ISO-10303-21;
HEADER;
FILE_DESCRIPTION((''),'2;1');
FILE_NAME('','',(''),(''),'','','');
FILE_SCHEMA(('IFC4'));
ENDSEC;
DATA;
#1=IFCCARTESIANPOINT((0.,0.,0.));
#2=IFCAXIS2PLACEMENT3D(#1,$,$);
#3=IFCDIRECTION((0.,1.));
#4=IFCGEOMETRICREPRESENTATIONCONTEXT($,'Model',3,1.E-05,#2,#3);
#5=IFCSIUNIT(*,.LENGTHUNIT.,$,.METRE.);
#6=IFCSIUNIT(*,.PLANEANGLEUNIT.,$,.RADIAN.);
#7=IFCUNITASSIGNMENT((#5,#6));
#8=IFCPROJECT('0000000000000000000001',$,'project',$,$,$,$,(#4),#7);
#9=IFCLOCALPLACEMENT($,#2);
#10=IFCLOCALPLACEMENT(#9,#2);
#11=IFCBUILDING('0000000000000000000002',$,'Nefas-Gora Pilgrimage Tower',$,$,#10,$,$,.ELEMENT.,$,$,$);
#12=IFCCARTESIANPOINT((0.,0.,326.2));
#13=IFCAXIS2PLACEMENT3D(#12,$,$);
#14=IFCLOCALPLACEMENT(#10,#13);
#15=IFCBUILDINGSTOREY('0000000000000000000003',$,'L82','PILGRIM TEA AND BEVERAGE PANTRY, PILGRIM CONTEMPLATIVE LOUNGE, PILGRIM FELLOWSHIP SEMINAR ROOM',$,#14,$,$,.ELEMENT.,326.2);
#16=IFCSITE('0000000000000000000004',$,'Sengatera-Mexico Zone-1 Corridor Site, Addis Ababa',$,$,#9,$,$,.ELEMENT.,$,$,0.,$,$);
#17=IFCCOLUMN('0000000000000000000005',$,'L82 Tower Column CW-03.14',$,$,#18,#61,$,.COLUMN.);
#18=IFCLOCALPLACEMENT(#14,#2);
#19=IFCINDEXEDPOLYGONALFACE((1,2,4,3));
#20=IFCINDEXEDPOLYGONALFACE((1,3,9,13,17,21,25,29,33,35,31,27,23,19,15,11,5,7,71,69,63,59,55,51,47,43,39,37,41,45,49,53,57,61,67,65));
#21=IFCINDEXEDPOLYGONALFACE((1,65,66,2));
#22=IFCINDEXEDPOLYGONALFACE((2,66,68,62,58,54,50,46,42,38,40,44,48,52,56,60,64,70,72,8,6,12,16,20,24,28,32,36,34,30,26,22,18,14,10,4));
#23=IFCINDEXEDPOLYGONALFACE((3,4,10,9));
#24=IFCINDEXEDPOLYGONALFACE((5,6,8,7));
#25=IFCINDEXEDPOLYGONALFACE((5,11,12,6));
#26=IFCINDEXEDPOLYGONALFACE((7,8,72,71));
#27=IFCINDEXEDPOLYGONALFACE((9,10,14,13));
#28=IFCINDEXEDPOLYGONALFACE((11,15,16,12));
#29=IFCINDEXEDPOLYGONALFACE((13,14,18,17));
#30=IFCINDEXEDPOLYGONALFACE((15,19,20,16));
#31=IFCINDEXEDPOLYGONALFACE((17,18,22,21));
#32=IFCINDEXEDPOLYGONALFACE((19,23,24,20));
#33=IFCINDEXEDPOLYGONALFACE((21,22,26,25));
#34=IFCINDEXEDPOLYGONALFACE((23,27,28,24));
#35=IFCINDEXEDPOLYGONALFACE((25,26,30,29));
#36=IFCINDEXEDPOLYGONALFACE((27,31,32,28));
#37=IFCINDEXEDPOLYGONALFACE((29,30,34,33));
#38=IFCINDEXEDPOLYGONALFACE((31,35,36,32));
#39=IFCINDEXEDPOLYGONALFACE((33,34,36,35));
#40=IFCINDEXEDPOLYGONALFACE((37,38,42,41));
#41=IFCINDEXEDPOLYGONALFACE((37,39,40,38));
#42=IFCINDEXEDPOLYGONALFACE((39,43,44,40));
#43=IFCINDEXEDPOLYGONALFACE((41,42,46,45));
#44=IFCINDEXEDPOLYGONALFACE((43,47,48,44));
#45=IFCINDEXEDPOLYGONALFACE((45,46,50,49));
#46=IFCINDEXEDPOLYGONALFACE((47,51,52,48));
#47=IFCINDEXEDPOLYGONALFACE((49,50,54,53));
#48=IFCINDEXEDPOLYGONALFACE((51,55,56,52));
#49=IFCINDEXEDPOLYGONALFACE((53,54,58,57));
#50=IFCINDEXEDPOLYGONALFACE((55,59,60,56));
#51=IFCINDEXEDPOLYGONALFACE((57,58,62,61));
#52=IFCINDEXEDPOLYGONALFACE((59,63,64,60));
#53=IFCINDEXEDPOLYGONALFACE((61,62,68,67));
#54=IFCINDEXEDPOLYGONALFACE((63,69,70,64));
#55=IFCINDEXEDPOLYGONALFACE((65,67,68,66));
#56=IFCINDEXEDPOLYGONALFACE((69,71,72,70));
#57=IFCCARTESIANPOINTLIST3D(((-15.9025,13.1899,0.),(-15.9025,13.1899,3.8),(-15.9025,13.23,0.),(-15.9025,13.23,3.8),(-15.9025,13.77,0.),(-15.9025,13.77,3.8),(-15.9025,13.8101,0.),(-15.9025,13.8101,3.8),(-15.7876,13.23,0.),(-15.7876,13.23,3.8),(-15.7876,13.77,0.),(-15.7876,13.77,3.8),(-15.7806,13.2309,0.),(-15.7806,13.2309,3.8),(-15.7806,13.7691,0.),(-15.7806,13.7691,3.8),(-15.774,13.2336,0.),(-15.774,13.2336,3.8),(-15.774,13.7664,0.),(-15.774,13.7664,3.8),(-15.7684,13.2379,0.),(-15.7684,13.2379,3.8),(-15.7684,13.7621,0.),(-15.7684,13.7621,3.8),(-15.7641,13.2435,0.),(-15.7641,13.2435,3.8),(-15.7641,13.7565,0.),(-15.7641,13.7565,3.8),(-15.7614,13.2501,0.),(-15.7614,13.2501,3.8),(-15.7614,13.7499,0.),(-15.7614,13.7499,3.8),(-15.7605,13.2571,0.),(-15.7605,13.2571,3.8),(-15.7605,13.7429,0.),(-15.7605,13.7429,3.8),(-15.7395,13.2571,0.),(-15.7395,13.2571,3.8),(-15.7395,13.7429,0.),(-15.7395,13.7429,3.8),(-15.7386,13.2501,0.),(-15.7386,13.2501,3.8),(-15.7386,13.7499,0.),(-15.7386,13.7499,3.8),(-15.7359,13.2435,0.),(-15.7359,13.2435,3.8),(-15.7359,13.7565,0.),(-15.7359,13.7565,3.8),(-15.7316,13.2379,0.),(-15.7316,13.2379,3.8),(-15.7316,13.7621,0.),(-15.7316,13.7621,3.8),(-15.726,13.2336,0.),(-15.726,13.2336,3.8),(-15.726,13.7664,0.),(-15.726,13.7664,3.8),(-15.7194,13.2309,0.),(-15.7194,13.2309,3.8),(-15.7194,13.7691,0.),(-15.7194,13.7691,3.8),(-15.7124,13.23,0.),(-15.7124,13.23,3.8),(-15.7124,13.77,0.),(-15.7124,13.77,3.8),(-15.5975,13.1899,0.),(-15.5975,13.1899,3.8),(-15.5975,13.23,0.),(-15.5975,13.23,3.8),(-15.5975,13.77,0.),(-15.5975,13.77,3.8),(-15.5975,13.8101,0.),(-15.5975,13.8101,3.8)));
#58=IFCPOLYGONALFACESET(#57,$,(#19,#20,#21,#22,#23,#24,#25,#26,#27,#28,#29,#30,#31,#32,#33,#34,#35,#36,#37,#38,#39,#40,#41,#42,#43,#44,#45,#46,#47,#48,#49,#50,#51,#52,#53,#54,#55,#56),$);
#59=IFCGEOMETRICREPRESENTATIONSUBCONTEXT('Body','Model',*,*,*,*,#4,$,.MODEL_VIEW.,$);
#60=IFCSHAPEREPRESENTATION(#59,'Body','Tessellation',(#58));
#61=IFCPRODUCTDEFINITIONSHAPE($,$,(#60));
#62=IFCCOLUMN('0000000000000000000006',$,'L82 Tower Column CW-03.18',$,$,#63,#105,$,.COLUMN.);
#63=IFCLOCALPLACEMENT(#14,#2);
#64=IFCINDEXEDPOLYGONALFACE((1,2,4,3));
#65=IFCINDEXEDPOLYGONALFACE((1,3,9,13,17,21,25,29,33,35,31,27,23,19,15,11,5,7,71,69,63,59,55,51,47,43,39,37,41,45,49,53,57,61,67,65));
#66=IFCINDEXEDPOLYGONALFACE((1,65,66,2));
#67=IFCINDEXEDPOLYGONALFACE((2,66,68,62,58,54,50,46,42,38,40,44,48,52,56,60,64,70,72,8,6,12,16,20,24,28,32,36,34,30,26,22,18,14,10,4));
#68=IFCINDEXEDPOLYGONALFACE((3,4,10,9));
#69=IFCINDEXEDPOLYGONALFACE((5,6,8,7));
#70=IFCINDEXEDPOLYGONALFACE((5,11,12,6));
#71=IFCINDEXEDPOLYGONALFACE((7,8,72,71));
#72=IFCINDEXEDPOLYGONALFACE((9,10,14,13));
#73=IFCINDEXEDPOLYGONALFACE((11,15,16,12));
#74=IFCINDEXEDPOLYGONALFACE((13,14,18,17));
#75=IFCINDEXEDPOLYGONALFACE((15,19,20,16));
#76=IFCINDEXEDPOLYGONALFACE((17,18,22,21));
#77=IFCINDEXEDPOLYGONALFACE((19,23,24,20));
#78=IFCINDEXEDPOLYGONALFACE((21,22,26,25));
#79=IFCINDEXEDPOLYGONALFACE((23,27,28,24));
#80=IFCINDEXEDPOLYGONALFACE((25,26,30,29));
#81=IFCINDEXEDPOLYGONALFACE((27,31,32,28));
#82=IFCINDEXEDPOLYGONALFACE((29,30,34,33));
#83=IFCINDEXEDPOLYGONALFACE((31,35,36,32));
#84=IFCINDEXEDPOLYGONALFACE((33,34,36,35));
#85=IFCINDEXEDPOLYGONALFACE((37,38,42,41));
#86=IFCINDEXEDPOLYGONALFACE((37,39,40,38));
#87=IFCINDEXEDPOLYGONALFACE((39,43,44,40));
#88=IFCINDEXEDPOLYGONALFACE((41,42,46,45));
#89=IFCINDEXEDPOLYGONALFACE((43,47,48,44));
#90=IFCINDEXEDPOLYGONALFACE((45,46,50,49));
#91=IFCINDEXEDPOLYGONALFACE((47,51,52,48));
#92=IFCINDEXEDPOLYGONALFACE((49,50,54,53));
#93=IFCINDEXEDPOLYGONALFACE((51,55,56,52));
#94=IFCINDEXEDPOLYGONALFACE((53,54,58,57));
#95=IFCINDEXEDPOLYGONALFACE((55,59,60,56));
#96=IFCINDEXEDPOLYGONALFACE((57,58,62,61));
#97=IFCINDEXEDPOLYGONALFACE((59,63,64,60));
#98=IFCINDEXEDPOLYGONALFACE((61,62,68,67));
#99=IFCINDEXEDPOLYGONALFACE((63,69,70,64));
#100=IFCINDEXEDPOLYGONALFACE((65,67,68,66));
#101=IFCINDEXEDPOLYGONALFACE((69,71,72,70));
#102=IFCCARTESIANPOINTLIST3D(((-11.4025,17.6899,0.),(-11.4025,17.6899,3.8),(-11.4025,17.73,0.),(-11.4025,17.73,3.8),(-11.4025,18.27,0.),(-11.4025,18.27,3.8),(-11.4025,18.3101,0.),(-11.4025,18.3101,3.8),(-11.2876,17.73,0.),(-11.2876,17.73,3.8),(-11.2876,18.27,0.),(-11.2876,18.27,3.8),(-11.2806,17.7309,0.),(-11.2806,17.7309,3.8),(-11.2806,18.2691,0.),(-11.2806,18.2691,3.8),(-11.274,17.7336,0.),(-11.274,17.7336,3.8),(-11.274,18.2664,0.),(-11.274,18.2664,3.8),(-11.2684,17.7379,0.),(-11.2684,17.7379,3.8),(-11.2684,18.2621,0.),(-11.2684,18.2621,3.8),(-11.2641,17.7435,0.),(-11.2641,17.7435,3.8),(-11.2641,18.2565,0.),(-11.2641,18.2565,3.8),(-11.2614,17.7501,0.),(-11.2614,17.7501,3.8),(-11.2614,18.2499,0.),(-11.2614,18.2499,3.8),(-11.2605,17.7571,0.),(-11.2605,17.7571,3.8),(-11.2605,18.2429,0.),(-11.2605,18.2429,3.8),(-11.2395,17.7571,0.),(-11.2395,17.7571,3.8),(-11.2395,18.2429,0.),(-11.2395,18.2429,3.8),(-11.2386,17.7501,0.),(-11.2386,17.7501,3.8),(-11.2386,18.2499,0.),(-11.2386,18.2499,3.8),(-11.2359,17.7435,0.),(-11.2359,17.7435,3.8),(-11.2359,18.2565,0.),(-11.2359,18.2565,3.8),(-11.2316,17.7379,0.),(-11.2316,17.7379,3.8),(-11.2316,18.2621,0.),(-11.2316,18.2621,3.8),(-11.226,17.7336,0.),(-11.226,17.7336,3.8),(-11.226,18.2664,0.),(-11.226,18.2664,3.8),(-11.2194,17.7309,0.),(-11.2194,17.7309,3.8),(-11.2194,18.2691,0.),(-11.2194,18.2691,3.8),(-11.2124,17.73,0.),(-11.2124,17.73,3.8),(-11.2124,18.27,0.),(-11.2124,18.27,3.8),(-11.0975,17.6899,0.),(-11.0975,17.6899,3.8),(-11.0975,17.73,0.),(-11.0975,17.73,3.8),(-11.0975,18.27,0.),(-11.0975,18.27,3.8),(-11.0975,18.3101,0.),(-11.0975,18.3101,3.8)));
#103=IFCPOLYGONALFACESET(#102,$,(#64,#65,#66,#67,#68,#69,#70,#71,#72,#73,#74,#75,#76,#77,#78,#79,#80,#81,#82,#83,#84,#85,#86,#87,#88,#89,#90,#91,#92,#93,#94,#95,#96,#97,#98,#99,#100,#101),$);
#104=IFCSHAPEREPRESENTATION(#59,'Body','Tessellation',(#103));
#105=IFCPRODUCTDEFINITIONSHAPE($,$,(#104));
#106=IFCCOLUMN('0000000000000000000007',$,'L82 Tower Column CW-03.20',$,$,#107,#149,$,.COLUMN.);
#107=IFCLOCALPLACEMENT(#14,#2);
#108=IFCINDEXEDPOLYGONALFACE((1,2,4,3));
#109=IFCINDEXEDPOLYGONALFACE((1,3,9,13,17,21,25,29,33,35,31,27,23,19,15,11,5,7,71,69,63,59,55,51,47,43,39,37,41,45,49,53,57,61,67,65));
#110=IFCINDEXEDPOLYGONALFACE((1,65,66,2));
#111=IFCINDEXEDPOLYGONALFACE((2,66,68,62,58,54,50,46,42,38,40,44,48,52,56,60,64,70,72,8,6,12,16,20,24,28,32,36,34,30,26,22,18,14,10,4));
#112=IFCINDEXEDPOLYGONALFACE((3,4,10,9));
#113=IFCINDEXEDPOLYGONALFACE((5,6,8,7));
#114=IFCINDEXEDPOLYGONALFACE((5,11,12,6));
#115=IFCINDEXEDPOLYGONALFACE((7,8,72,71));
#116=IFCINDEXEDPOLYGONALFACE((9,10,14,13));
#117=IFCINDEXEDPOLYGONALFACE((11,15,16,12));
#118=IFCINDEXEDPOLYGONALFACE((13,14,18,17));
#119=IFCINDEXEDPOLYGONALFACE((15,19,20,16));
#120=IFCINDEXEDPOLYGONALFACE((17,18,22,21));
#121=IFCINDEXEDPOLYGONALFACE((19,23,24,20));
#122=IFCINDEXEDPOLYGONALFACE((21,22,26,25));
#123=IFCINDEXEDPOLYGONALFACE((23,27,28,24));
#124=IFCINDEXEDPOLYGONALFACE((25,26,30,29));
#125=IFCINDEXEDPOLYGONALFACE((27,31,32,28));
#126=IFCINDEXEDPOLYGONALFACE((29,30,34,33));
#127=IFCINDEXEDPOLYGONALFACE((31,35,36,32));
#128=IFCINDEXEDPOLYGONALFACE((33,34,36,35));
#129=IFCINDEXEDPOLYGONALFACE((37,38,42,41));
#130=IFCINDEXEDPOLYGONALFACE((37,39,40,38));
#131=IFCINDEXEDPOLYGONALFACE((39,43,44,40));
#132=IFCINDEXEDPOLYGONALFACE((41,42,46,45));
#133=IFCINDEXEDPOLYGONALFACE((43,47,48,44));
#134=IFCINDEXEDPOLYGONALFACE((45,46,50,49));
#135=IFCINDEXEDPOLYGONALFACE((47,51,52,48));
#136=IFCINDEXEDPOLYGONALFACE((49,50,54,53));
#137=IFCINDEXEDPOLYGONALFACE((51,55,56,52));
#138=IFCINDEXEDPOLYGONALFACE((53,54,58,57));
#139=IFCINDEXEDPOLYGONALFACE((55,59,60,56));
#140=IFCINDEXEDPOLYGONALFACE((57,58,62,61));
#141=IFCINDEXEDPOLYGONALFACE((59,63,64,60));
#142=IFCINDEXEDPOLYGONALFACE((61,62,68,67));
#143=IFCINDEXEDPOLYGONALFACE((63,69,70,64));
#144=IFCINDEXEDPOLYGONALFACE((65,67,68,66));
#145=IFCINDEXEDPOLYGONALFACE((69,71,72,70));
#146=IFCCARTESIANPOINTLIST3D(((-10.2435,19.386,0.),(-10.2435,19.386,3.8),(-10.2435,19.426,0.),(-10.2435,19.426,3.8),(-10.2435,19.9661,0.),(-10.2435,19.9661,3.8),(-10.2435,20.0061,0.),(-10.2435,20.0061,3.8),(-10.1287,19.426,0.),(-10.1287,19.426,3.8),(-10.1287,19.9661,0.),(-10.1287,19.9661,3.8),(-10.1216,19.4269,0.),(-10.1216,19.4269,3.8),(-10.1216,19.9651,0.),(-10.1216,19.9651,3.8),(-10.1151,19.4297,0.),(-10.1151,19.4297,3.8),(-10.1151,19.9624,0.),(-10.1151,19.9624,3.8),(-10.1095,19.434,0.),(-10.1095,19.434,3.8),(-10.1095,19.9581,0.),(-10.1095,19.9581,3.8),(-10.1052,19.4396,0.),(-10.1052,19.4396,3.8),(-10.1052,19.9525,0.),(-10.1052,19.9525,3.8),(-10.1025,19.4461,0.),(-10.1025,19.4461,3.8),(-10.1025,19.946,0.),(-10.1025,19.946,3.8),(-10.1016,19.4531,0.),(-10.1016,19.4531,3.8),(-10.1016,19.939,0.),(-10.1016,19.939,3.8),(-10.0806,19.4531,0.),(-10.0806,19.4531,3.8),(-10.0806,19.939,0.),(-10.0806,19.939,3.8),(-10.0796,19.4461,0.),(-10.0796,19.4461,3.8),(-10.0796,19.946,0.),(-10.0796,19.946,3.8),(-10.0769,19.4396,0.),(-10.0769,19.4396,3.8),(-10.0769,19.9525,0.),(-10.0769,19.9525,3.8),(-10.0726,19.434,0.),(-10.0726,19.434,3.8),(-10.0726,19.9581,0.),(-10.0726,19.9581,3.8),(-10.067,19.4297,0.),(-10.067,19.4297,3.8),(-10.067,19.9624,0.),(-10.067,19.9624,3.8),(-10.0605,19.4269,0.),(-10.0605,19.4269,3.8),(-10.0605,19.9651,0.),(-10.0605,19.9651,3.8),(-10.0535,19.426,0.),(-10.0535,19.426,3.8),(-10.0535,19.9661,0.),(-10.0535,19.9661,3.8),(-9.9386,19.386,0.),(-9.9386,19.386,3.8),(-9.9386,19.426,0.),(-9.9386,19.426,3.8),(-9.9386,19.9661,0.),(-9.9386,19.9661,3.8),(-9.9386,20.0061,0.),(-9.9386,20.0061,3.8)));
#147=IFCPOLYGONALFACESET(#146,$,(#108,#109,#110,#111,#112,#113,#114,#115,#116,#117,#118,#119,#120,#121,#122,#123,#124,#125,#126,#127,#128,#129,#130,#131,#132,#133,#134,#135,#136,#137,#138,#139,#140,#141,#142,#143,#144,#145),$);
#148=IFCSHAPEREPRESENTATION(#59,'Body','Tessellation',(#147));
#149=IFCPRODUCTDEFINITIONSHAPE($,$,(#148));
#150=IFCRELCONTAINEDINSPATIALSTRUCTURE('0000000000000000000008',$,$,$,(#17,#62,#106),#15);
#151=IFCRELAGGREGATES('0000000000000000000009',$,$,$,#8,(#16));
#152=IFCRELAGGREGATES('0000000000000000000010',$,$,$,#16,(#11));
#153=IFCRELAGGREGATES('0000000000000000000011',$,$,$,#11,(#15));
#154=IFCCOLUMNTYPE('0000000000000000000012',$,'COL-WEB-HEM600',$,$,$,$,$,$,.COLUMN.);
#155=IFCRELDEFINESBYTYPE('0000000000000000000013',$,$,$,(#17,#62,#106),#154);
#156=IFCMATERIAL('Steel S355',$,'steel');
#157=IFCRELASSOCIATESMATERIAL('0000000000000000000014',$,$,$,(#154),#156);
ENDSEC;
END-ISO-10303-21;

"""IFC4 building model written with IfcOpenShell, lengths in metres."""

from ifc_helpers import new_model, si_unit, direction, frame, origin, origin_2d, place, context, subcontext, project, spatial, i_section, extrude, source, transform, mapped, material, material_profile, profile_set, type_object, element, save


model = new_model("IFC4")

# Units and contexts
model_context = context("Model", 3, precision=1e-05, world=origin(), true_north=direction((0.0, 1.0)))
body_context = subcontext(model_context, "Body", "Model", "MODEL_VIEW")
ifc_project = project(units=[si_unit("LENGTHUNIT", "METRE"), si_unit("PLANEANGLEUNIT", "RADIAN")], contexts=[model_context])

# Site, building, storey
site_placement = place(None, origin())
site = spatial("IfcSite", under=ifc_project, at=site_placement, Name="Sengatera-Mexico Zone-1 Corridor Site, Addis Ababa", CompositionType="ELEMENT", RefElevation=0.0)
building_placement = place(site_placement, origin())
building = spatial("IfcBuilding", under=site, at=building_placement, Name="Nefas-Gora Pilgrimage Tower", CompositionType="ELEMENT")
storey_placement = place(building_placement, frame((0.0, 0.0, 326.2)))
storey = spatial("IfcBuildingStorey", under=building, at=storey_placement, Name="L82", Description="PILGRIM TEA AND BEVERAGE PANTRY, PILGRIM CONTEMPLATIVE LOUNGE, PILGRIM FELLOWSHIP SEMINAR ROOM", CompositionType="ELEMENT", Elevation=326.2)

# Columns
ifc_material_1 = material(Name="Steel S355", Category="steel")
ifc_material_profile_1 = material_profile(ifc_material_1, i_section(OverallWidth=0.3049, OverallDepth=0.6201, WebThickness=0.021, FlangeThickness=0.04, FilletRadius=0.0271, at=origin_2d()), Name="HEM 600")
ifc_profile_set_1 = profile_set([ifc_material_profile_1], Name="Steel S355")
column_type_1 = type_object("IfcColumnType", Name="COL-WEB-HEM600", PredefinedType="COLUMN", material=ifc_profile_set_1)
shared_shape_1 = source(origin(), body_context, "Body", "SweptSolid", [
    extrude(i_section(OverallWidth=0.3049, OverallDepth=0.6201, WebThickness=0.021, FlangeThickness=0.04, FilletRadius=0.0271, at=origin_2d()), origin(), (0.0, 0.0, 1.0), 3.8),
])
for number, where, z_axis, x_axis, name in (
    (1, (-15.75, 13.5, 0.0), (0.0, 0.0, 1.0), (1.0, 0.0, 0.0), "L82 Tower Column CW-03.14"),
    (2, (-11.25, 18.0, 0.0), (0.0, 0.0, 1.0), (1.0, 0.0, 0.0), "L82 Tower Column CW-03.18"),
    (3, (-10.0911, 19.696, 0.0), (0.0, 0.0, 1.0), (1.0, 0.0, 0.0), "L82 Tower Column CW-03.20"),
):
    element("IfcColumn", number, at=place(storey_placement, frame(where, z_axis=z_axis, x_axis=x_axis)), inside=storey, type_object=column_type_1, Name=name, PredefinedType="COLUMN", context=body_context, shape_type="MappedRepresentation", body=[
        mapped(shared_shape_1, transform((0.0, 0.0, 0.0), x_axis=(1.0, 0.0, 0.0), y_axis=(0.0, 1.0, 0.0), z_axis=(0.0, 0.0, 1.0), scale=1.0)),
    ])

save(model, "model.ifc")
